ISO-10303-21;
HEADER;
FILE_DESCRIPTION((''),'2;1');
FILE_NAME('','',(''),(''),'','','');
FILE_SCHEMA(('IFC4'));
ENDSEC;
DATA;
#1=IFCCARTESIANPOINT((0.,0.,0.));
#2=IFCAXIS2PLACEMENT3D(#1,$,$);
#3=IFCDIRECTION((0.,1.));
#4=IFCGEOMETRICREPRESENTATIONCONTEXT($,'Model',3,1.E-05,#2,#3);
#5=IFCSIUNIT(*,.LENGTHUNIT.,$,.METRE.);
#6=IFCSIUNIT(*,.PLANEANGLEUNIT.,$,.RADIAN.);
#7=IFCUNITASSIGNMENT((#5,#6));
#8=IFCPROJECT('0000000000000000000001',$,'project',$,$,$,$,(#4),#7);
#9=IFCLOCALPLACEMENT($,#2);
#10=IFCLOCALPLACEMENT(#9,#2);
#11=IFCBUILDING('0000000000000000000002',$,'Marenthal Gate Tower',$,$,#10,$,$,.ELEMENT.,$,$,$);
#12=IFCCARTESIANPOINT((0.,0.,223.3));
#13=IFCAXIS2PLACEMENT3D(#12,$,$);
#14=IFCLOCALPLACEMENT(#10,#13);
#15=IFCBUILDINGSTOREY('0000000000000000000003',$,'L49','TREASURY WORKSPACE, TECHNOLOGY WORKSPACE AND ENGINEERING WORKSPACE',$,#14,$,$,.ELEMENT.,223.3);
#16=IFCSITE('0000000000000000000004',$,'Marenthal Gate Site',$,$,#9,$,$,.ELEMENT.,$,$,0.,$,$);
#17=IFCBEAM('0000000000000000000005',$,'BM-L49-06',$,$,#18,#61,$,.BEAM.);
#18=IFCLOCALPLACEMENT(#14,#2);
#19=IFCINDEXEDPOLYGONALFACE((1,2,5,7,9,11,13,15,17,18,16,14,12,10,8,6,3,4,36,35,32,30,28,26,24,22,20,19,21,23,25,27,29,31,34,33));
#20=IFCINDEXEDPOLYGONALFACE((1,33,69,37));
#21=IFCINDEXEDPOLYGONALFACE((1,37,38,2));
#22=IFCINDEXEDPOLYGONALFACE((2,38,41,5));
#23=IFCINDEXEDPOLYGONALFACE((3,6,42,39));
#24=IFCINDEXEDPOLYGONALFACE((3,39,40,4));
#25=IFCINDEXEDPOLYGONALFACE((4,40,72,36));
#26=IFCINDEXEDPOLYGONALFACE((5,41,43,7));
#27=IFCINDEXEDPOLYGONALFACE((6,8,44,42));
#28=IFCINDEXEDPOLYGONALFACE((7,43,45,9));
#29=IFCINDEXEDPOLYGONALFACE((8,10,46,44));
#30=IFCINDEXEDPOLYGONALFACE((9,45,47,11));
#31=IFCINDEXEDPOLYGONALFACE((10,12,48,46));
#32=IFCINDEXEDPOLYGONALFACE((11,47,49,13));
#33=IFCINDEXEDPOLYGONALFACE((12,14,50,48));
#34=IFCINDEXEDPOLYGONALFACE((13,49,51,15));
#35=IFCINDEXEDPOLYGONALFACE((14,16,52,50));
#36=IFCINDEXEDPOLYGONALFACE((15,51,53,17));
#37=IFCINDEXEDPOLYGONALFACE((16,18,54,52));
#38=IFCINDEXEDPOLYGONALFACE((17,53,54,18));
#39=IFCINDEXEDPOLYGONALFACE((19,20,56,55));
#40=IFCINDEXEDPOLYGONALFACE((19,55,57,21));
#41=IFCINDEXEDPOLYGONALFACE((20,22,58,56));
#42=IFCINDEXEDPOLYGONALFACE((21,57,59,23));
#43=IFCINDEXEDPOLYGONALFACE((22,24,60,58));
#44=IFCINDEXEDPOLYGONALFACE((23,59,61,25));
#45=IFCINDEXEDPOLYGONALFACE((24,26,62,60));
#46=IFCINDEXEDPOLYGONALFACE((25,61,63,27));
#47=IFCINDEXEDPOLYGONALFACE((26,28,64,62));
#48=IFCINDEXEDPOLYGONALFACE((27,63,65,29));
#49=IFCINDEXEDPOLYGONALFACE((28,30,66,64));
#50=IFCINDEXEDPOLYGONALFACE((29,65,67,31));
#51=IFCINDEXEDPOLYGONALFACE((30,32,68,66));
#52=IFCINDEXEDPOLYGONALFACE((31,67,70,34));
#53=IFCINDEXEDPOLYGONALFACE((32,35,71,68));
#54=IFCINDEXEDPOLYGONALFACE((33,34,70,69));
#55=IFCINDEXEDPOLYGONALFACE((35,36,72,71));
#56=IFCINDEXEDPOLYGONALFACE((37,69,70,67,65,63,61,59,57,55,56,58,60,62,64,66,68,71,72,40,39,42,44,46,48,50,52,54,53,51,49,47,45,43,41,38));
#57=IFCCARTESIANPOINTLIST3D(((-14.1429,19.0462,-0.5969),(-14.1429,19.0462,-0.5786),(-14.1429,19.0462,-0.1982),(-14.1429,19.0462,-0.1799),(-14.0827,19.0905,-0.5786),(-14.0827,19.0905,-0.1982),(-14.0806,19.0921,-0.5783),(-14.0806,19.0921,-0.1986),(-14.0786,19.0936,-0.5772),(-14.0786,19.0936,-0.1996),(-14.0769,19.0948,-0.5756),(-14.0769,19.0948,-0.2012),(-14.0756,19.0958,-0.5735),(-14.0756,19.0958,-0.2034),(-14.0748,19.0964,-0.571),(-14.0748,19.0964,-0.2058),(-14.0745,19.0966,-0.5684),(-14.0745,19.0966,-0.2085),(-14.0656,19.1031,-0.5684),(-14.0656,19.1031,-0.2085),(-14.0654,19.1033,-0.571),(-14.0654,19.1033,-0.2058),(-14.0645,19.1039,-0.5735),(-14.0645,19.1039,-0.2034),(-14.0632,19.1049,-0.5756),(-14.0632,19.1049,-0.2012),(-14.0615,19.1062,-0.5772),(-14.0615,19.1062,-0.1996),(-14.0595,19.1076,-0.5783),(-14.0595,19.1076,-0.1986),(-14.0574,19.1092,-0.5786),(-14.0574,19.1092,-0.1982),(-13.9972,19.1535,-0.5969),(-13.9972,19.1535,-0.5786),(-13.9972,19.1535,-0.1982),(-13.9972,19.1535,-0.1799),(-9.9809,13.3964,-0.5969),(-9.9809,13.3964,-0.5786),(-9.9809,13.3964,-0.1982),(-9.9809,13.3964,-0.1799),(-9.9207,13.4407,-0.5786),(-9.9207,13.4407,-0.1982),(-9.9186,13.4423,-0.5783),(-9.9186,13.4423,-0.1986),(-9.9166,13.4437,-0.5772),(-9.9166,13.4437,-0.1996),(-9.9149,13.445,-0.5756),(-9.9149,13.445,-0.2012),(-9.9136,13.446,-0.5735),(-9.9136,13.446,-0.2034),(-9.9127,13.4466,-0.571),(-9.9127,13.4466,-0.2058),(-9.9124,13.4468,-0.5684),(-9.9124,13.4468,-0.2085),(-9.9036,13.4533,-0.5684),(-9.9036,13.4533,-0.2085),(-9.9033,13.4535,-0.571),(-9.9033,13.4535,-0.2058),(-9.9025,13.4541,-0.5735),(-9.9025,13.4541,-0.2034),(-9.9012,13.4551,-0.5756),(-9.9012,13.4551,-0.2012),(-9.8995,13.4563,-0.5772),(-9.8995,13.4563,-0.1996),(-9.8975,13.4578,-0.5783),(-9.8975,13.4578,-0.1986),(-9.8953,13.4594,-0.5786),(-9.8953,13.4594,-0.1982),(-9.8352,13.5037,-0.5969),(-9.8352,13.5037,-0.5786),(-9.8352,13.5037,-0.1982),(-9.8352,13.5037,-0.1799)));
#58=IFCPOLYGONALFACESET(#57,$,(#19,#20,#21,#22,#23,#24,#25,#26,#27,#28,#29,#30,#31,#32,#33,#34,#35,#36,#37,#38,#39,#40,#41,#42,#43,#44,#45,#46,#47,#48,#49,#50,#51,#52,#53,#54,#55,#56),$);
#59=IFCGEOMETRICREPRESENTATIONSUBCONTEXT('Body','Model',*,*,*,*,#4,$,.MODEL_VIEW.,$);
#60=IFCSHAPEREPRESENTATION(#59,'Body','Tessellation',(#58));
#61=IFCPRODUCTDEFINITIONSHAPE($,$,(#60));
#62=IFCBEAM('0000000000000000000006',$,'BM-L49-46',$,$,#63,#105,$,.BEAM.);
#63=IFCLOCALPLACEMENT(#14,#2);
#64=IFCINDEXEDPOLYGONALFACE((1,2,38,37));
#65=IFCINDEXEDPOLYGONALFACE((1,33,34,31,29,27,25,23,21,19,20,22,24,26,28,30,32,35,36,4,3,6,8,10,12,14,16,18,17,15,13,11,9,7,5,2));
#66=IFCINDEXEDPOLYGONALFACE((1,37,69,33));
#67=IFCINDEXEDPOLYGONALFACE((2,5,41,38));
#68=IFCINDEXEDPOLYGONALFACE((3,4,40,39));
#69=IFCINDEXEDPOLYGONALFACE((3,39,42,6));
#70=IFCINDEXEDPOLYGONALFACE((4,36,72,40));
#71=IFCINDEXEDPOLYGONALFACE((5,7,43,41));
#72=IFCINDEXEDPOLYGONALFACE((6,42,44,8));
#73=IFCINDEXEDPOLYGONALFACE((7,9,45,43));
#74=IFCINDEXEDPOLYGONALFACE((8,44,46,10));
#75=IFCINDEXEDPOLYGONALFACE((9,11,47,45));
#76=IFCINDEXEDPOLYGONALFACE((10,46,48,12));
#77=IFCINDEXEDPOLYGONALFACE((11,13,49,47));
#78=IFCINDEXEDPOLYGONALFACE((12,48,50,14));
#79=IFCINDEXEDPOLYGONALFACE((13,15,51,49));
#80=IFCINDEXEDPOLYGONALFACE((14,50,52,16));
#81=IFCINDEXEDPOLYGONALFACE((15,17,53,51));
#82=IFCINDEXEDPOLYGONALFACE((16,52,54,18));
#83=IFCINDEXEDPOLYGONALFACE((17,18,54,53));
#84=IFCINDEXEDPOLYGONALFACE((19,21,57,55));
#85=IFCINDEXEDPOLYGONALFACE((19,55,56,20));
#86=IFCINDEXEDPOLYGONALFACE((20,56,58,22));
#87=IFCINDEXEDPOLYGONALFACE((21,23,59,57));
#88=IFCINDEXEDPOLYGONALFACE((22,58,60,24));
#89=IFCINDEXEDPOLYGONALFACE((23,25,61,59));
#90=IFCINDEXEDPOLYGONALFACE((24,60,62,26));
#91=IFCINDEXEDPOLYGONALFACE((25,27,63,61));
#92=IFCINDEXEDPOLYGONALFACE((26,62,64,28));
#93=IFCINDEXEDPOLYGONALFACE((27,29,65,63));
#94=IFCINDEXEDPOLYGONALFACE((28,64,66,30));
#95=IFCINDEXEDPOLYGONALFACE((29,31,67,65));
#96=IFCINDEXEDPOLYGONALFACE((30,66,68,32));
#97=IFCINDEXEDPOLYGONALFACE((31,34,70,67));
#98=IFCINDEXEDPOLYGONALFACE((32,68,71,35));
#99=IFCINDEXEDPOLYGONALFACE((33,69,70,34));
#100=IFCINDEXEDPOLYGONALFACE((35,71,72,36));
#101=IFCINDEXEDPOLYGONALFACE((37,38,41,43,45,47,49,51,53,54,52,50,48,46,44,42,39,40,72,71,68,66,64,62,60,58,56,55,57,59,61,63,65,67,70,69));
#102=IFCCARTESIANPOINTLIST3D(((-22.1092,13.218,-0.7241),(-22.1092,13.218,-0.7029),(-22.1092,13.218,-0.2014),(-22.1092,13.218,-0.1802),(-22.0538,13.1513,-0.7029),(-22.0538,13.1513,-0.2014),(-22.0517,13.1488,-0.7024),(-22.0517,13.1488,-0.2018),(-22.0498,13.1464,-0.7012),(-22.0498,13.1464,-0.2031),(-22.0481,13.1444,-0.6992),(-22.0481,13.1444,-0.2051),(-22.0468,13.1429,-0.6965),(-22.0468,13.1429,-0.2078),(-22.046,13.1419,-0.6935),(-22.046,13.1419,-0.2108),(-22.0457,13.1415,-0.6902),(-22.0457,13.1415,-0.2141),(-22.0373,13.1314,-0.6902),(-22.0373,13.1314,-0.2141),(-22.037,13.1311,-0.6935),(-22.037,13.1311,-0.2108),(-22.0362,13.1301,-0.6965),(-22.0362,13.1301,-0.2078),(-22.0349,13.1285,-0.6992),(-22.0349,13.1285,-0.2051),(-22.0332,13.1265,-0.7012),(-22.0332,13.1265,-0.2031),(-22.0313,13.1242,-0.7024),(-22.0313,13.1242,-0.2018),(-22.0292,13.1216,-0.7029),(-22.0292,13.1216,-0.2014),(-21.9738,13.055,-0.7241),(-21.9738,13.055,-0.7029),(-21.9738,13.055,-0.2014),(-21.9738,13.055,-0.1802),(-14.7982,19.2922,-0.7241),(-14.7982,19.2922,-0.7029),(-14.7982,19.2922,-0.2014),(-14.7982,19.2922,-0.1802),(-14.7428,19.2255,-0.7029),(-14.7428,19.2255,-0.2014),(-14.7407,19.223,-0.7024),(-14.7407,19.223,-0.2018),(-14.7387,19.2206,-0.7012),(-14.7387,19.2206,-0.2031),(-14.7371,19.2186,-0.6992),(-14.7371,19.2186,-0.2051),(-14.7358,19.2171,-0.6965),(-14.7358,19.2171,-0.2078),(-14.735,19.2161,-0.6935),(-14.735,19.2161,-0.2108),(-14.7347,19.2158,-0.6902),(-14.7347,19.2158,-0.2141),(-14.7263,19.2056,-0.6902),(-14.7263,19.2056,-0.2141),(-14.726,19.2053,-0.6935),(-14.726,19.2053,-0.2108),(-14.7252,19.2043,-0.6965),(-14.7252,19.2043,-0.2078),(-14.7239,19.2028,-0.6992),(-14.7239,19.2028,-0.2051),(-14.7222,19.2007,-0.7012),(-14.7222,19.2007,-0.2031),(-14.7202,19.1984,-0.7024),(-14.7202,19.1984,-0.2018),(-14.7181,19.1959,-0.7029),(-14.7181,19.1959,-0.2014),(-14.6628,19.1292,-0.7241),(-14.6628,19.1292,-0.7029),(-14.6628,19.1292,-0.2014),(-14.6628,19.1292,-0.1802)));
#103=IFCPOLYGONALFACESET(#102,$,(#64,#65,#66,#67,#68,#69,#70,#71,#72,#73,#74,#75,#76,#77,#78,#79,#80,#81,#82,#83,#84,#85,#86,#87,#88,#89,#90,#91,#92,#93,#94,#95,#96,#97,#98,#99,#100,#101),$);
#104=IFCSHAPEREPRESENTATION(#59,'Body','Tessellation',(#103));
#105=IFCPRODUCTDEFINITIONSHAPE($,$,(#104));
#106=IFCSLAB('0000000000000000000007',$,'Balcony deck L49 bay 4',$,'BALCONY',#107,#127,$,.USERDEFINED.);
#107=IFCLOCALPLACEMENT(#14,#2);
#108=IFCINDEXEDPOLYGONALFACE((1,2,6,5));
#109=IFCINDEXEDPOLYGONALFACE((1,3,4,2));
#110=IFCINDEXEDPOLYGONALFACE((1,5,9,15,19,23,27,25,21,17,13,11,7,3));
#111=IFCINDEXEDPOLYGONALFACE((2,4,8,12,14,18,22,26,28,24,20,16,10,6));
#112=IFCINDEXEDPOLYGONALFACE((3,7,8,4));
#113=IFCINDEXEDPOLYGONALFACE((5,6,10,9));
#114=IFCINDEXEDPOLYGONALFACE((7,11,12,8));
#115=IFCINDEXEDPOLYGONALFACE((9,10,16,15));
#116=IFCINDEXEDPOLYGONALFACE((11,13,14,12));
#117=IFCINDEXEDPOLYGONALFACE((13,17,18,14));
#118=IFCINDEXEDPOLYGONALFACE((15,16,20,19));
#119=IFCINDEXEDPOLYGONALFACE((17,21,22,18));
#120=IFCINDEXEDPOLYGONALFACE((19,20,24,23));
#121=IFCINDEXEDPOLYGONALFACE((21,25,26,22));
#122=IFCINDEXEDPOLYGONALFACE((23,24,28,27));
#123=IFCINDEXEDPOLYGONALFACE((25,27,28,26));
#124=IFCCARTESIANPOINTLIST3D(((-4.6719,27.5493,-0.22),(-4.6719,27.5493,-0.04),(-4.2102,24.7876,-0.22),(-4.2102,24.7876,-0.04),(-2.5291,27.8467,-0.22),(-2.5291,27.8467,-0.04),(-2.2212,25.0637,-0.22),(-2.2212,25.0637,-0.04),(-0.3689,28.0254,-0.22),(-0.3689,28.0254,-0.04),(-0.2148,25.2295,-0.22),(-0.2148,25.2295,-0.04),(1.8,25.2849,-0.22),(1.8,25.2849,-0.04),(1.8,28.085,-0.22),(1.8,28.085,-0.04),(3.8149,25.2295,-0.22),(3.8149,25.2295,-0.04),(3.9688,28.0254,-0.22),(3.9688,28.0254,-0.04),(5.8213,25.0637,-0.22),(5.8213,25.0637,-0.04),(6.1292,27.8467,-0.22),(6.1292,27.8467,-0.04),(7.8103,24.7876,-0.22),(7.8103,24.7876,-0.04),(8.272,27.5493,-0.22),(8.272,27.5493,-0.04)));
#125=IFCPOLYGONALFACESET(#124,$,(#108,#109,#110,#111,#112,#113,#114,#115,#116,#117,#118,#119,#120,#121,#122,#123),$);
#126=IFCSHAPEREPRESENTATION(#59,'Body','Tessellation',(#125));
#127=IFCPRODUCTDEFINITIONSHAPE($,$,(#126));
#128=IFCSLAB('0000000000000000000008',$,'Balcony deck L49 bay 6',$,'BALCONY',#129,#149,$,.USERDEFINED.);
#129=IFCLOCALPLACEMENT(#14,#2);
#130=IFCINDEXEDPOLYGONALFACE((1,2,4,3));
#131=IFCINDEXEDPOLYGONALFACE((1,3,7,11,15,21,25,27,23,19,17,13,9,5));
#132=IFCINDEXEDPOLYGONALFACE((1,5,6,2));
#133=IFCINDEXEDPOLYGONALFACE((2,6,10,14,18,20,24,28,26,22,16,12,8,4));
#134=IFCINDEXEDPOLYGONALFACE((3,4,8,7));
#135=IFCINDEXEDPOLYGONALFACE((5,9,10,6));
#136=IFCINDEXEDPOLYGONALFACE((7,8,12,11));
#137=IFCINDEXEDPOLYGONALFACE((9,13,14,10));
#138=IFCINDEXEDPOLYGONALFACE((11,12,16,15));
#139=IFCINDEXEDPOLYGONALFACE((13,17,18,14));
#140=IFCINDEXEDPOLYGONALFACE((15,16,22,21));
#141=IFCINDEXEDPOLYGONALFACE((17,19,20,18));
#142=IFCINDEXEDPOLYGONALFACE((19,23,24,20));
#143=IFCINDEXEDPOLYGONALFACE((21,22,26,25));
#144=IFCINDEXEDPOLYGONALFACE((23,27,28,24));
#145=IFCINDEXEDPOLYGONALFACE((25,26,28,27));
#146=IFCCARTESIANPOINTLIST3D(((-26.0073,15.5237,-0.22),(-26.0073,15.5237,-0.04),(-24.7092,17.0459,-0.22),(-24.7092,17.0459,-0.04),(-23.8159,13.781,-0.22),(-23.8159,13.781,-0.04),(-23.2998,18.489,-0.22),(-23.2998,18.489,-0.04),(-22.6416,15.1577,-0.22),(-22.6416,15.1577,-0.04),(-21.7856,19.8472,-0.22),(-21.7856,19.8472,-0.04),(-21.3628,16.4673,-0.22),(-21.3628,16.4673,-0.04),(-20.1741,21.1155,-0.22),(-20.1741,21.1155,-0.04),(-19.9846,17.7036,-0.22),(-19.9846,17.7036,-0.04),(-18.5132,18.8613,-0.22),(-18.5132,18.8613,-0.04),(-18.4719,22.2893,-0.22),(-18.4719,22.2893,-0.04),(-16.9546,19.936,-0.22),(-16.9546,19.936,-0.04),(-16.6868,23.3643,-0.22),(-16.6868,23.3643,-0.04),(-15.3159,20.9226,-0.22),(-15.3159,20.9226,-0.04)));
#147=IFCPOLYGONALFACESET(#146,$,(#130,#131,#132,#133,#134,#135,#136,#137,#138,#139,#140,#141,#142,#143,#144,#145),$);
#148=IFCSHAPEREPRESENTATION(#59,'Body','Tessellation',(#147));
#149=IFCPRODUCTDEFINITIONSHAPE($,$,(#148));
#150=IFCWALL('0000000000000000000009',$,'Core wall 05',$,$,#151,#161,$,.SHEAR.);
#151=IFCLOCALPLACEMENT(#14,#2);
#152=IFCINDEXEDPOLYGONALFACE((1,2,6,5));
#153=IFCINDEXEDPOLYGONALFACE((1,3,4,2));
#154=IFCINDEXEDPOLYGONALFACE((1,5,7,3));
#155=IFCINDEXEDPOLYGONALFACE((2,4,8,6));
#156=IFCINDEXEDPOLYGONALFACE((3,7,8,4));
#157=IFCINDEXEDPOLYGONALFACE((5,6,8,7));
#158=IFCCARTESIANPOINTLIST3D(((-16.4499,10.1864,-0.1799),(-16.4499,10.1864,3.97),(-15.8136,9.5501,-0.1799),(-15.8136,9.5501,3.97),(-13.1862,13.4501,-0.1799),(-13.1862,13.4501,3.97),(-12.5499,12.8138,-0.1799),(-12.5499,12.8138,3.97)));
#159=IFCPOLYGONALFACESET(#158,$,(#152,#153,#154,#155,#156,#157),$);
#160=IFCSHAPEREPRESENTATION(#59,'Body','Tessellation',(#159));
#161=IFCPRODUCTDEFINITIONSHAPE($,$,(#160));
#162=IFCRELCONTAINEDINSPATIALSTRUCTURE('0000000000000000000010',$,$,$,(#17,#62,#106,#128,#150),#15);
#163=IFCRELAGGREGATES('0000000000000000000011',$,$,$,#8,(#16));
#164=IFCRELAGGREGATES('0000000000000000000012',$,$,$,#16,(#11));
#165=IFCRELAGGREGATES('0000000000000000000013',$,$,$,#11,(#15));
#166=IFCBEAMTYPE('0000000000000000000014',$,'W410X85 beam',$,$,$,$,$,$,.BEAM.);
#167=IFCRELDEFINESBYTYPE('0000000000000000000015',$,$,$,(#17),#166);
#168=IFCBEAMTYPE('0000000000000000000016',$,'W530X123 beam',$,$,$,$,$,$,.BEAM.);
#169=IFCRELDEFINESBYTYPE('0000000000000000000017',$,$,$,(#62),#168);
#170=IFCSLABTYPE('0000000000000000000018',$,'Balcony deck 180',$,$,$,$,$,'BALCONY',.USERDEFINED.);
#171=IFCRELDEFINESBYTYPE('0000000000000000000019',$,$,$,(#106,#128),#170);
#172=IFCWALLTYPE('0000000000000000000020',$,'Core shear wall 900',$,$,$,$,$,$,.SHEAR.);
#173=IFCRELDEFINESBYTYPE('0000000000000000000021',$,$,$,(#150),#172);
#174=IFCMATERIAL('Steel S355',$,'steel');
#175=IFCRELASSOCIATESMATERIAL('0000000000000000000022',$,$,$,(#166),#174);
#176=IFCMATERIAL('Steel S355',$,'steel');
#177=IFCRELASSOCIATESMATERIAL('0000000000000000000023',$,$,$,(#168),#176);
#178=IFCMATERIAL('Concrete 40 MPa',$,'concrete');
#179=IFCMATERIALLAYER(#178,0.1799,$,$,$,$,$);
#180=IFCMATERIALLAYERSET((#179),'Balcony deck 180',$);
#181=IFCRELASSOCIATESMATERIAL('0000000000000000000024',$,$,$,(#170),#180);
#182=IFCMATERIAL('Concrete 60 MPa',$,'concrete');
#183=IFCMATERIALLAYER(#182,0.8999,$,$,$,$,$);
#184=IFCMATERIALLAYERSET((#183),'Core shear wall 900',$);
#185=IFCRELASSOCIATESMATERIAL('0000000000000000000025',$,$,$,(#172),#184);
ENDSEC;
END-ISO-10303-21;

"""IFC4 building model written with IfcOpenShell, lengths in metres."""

from ifc_helpers import new_model, si_unit, direction, frame, frame_2d, origin, origin_2d, place, context, subcontext, project, spatial, polyline, rectangle, i_section, outline, extrude, material, layer, layer_set, material_profile, profile_set, type_object, element, save


model = new_model("IFC4")

# Units and contexts
model_context = context("Model", 3, precision=1e-05, world=origin(), true_north=direction((0.0, 1.0)))
body_context = subcontext(model_context, "Body", "Model", "MODEL_VIEW")
ifc_project = project(units=[si_unit("LENGTHUNIT", "METRE"), si_unit("PLANEANGLEUNIT", "RADIAN")], contexts=[model_context])

# Site, building, storey
site_placement = place(None, origin())
site = spatial("IfcSite", under=ifc_project, at=site_placement, Name="Marenthal Gate Site", CompositionType="ELEMENT", RefElevation=0.0)
building_placement = place(site_placement, origin())
building = spatial("IfcBuilding", under=site, at=building_placement, Name="Marenthal Gate Tower", CompositionType="ELEMENT")
storey_placement = place(building_placement, frame((0.0, 0.0, 223.3)))
storey = spatial("IfcBuildingStorey", under=building, at=storey_placement, Name="L49", Description="TREASURY WORKSPACE, TECHNOLOGY WORKSPACE AND ENGINEERING WORKSPACE", CompositionType="ELEMENT", Elevation=223.3)

# Beams
ifc_material_1 = material(Name="Steel S355", Category="steel")
ifc_material_profile_1 = material_profile(ifc_material_1, i_section(OverallWidth=0.1809, OverallDepth=0.417, WebThickness=0.011, FlangeThickness=0.0183, FilletRadius=0.0103, at=origin_2d()), Name="W410X85")
ifc_profile_set_1 = profile_set([ifc_material_profile_1], Name="Steel S355")
beam_type_1 = type_object("IfcBeamType", Name="W410X85 beam", PredefinedType="BEAM", material=ifc_profile_set_1)
beam_1_placement = place(storey_placement, frame((-14.0701, 19.0999, -0.3884), z_axis=(0.593109, -0.805122, 0.0), x_axis=(0.805122, 0.593109, 0.0)))
element("IfcBeam", 1, at=beam_1_placement, inside=storey, type_object=beam_type_1, Name="BM-L49-06", PredefinedType="BEAM", context=body_context, shape_type="SweptSolid", body=[
    extrude(i_section(OverallWidth=0.1809, OverallDepth=0.417, WebThickness=0.011, FlangeThickness=0.0183, FilletRadius=0.0103, at=origin_2d()), origin(), (0.0, 0.0, 1.0), 7.0173),
])
ifc_material_2 = material(Name="Steel S355", Category="steel")
ifc_material_profile_2 = material_profile(ifc_material_2, i_section(OverallWidth=0.2119, OverallDepth=0.5439, WebThickness=0.0132, FlangeThickness=0.0212, FilletRadius=0.0127, at=origin_2d()), Name="W530X123")
ifc_profile_set_2 = profile_set([ifc_material_profile_2], Name="Steel S355")
beam_type_2 = type_object("IfcBeamType", Name="W530X123 beam", PredefinedType="BEAM", material=ifc_profile_set_2)
beam_2_placement = place(storey_placement, frame((-14.7305, 19.2107, -0.4521), z_axis=(-0.769168, -0.639047, 0.0), x_axis=(0.639047, -0.769168, 0.0)))
element("IfcBeam", 2, at=beam_2_placement, inside=storey, type_object=beam_type_2, Name="BM-L49-46", PredefinedType="BEAM", context=body_context, shape_type="SweptSolid", body=[
    extrude(i_section(OverallWidth=0.2119, OverallDepth=0.5439, WebThickness=0.0132, FlangeThickness=0.0212, FilletRadius=0.0127, at=origin_2d()), origin(), (0.0, 0.0, 1.0), 9.5051),
])

# Slabs
ifc_material_3 = material(Name="Concrete 40 MPa", Category="concrete")
ifc_layer_1 = layer(ifc_material_3, 0.1799)
ifc_layer_set_1 = layer_set([ifc_layer_1], Name="Balcony deck 180")
slab_type = type_object("IfcSlabType", Name="Balcony deck 180", ElementType="BALCONY", PredefinedType="USERDEFINED", material=ifc_layer_set_1)
slab_1_placement = place(storey_placement, frame((0.0, 0.0, -0.22)))
element("IfcSlab", 3, at=slab_1_placement, inside=storey, type_object=slab_type, Name="Balcony deck L49 bay 4", ObjectType="BALCONY", PredefinedType="USERDEFINED", context=body_context, shape_type="SweptSolid", body=[
    extrude(outline(polyline([(7.8103, 24.7876), (5.8213, 25.0637), (3.8149, 25.2295), (1.8, 25.2849), (-0.2148, 25.2295), (-2.2212, 25.0637), (-4.2102, 24.7876), (-4.6719, 27.5493), (-2.5291, 27.8467), (-0.3689, 28.0254), (1.8, 28.085), (3.9688, 28.0254), (6.1292, 27.8467), (8.272, 27.5493), (7.8103, 24.7876)])), origin(), (0.0, 0.0, 1.0), 0.1799),
])
slab_2_placement = place(storey_placement, frame((0.0, 0.0, -0.22)))
element("IfcSlab", 4, at=slab_2_placement, inside=storey, type_object=slab_type, Name="Balcony deck L49 bay 6", ObjectType="BALCONY", PredefinedType="USERDEFINED", context=body_context, shape_type="SweptSolid", body=[
    extrude(outline(polyline([(-15.3159, 20.9226), (-16.9546, 19.936), (-18.5132, 18.8613), (-19.9846, 17.7036), (-21.3628, 16.4673), (-22.6416, 15.1577), (-23.8159, 13.781), (-26.0073, 15.5237), (-24.7092, 17.0459), (-23.2998, 18.489), (-21.7856, 19.8472), (-20.1741, 21.1155), (-18.4719, 22.2893), (-16.6868, 23.3643), (-15.3159, 20.9226)])), origin(), (0.0, 0.0, 1.0), 0.1799),
])

# Wall
ifc_material_4 = material(Name="Concrete 60 MPa", Category="concrete")
ifc_layer_2 = layer(ifc_material_4, 0.8999)
ifc_layer_set_2 = layer_set([ifc_layer_2], Name="Core shear wall 900")
wall_type_1 = type_object("IfcWallType", Name="Core shear wall 900", PredefinedType="SHEAR", material=ifc_layer_set_2)
wall_1_placement = place(storey_placement, frame((-12.8682, 13.1318, -0.1799), z_axis=(0.0, 0.0, 1.0), x_axis=(-0.707107, -0.707107, 0.0)))
element("IfcWall", 5, at=wall_1_placement, inside=storey, type_object=wall_type_1, Name="Core wall 05", PredefinedType="SHEAR", context=body_context, shape_type="SweptSolid", body=[
    extrude(rectangle(XDim=4.6155, YDim=0.8999, at=frame_2d((2.3076, 0.0))), origin(), (0.0, 0.0, 1.0), 4.1499),
])

save(model, "model.ifc")
